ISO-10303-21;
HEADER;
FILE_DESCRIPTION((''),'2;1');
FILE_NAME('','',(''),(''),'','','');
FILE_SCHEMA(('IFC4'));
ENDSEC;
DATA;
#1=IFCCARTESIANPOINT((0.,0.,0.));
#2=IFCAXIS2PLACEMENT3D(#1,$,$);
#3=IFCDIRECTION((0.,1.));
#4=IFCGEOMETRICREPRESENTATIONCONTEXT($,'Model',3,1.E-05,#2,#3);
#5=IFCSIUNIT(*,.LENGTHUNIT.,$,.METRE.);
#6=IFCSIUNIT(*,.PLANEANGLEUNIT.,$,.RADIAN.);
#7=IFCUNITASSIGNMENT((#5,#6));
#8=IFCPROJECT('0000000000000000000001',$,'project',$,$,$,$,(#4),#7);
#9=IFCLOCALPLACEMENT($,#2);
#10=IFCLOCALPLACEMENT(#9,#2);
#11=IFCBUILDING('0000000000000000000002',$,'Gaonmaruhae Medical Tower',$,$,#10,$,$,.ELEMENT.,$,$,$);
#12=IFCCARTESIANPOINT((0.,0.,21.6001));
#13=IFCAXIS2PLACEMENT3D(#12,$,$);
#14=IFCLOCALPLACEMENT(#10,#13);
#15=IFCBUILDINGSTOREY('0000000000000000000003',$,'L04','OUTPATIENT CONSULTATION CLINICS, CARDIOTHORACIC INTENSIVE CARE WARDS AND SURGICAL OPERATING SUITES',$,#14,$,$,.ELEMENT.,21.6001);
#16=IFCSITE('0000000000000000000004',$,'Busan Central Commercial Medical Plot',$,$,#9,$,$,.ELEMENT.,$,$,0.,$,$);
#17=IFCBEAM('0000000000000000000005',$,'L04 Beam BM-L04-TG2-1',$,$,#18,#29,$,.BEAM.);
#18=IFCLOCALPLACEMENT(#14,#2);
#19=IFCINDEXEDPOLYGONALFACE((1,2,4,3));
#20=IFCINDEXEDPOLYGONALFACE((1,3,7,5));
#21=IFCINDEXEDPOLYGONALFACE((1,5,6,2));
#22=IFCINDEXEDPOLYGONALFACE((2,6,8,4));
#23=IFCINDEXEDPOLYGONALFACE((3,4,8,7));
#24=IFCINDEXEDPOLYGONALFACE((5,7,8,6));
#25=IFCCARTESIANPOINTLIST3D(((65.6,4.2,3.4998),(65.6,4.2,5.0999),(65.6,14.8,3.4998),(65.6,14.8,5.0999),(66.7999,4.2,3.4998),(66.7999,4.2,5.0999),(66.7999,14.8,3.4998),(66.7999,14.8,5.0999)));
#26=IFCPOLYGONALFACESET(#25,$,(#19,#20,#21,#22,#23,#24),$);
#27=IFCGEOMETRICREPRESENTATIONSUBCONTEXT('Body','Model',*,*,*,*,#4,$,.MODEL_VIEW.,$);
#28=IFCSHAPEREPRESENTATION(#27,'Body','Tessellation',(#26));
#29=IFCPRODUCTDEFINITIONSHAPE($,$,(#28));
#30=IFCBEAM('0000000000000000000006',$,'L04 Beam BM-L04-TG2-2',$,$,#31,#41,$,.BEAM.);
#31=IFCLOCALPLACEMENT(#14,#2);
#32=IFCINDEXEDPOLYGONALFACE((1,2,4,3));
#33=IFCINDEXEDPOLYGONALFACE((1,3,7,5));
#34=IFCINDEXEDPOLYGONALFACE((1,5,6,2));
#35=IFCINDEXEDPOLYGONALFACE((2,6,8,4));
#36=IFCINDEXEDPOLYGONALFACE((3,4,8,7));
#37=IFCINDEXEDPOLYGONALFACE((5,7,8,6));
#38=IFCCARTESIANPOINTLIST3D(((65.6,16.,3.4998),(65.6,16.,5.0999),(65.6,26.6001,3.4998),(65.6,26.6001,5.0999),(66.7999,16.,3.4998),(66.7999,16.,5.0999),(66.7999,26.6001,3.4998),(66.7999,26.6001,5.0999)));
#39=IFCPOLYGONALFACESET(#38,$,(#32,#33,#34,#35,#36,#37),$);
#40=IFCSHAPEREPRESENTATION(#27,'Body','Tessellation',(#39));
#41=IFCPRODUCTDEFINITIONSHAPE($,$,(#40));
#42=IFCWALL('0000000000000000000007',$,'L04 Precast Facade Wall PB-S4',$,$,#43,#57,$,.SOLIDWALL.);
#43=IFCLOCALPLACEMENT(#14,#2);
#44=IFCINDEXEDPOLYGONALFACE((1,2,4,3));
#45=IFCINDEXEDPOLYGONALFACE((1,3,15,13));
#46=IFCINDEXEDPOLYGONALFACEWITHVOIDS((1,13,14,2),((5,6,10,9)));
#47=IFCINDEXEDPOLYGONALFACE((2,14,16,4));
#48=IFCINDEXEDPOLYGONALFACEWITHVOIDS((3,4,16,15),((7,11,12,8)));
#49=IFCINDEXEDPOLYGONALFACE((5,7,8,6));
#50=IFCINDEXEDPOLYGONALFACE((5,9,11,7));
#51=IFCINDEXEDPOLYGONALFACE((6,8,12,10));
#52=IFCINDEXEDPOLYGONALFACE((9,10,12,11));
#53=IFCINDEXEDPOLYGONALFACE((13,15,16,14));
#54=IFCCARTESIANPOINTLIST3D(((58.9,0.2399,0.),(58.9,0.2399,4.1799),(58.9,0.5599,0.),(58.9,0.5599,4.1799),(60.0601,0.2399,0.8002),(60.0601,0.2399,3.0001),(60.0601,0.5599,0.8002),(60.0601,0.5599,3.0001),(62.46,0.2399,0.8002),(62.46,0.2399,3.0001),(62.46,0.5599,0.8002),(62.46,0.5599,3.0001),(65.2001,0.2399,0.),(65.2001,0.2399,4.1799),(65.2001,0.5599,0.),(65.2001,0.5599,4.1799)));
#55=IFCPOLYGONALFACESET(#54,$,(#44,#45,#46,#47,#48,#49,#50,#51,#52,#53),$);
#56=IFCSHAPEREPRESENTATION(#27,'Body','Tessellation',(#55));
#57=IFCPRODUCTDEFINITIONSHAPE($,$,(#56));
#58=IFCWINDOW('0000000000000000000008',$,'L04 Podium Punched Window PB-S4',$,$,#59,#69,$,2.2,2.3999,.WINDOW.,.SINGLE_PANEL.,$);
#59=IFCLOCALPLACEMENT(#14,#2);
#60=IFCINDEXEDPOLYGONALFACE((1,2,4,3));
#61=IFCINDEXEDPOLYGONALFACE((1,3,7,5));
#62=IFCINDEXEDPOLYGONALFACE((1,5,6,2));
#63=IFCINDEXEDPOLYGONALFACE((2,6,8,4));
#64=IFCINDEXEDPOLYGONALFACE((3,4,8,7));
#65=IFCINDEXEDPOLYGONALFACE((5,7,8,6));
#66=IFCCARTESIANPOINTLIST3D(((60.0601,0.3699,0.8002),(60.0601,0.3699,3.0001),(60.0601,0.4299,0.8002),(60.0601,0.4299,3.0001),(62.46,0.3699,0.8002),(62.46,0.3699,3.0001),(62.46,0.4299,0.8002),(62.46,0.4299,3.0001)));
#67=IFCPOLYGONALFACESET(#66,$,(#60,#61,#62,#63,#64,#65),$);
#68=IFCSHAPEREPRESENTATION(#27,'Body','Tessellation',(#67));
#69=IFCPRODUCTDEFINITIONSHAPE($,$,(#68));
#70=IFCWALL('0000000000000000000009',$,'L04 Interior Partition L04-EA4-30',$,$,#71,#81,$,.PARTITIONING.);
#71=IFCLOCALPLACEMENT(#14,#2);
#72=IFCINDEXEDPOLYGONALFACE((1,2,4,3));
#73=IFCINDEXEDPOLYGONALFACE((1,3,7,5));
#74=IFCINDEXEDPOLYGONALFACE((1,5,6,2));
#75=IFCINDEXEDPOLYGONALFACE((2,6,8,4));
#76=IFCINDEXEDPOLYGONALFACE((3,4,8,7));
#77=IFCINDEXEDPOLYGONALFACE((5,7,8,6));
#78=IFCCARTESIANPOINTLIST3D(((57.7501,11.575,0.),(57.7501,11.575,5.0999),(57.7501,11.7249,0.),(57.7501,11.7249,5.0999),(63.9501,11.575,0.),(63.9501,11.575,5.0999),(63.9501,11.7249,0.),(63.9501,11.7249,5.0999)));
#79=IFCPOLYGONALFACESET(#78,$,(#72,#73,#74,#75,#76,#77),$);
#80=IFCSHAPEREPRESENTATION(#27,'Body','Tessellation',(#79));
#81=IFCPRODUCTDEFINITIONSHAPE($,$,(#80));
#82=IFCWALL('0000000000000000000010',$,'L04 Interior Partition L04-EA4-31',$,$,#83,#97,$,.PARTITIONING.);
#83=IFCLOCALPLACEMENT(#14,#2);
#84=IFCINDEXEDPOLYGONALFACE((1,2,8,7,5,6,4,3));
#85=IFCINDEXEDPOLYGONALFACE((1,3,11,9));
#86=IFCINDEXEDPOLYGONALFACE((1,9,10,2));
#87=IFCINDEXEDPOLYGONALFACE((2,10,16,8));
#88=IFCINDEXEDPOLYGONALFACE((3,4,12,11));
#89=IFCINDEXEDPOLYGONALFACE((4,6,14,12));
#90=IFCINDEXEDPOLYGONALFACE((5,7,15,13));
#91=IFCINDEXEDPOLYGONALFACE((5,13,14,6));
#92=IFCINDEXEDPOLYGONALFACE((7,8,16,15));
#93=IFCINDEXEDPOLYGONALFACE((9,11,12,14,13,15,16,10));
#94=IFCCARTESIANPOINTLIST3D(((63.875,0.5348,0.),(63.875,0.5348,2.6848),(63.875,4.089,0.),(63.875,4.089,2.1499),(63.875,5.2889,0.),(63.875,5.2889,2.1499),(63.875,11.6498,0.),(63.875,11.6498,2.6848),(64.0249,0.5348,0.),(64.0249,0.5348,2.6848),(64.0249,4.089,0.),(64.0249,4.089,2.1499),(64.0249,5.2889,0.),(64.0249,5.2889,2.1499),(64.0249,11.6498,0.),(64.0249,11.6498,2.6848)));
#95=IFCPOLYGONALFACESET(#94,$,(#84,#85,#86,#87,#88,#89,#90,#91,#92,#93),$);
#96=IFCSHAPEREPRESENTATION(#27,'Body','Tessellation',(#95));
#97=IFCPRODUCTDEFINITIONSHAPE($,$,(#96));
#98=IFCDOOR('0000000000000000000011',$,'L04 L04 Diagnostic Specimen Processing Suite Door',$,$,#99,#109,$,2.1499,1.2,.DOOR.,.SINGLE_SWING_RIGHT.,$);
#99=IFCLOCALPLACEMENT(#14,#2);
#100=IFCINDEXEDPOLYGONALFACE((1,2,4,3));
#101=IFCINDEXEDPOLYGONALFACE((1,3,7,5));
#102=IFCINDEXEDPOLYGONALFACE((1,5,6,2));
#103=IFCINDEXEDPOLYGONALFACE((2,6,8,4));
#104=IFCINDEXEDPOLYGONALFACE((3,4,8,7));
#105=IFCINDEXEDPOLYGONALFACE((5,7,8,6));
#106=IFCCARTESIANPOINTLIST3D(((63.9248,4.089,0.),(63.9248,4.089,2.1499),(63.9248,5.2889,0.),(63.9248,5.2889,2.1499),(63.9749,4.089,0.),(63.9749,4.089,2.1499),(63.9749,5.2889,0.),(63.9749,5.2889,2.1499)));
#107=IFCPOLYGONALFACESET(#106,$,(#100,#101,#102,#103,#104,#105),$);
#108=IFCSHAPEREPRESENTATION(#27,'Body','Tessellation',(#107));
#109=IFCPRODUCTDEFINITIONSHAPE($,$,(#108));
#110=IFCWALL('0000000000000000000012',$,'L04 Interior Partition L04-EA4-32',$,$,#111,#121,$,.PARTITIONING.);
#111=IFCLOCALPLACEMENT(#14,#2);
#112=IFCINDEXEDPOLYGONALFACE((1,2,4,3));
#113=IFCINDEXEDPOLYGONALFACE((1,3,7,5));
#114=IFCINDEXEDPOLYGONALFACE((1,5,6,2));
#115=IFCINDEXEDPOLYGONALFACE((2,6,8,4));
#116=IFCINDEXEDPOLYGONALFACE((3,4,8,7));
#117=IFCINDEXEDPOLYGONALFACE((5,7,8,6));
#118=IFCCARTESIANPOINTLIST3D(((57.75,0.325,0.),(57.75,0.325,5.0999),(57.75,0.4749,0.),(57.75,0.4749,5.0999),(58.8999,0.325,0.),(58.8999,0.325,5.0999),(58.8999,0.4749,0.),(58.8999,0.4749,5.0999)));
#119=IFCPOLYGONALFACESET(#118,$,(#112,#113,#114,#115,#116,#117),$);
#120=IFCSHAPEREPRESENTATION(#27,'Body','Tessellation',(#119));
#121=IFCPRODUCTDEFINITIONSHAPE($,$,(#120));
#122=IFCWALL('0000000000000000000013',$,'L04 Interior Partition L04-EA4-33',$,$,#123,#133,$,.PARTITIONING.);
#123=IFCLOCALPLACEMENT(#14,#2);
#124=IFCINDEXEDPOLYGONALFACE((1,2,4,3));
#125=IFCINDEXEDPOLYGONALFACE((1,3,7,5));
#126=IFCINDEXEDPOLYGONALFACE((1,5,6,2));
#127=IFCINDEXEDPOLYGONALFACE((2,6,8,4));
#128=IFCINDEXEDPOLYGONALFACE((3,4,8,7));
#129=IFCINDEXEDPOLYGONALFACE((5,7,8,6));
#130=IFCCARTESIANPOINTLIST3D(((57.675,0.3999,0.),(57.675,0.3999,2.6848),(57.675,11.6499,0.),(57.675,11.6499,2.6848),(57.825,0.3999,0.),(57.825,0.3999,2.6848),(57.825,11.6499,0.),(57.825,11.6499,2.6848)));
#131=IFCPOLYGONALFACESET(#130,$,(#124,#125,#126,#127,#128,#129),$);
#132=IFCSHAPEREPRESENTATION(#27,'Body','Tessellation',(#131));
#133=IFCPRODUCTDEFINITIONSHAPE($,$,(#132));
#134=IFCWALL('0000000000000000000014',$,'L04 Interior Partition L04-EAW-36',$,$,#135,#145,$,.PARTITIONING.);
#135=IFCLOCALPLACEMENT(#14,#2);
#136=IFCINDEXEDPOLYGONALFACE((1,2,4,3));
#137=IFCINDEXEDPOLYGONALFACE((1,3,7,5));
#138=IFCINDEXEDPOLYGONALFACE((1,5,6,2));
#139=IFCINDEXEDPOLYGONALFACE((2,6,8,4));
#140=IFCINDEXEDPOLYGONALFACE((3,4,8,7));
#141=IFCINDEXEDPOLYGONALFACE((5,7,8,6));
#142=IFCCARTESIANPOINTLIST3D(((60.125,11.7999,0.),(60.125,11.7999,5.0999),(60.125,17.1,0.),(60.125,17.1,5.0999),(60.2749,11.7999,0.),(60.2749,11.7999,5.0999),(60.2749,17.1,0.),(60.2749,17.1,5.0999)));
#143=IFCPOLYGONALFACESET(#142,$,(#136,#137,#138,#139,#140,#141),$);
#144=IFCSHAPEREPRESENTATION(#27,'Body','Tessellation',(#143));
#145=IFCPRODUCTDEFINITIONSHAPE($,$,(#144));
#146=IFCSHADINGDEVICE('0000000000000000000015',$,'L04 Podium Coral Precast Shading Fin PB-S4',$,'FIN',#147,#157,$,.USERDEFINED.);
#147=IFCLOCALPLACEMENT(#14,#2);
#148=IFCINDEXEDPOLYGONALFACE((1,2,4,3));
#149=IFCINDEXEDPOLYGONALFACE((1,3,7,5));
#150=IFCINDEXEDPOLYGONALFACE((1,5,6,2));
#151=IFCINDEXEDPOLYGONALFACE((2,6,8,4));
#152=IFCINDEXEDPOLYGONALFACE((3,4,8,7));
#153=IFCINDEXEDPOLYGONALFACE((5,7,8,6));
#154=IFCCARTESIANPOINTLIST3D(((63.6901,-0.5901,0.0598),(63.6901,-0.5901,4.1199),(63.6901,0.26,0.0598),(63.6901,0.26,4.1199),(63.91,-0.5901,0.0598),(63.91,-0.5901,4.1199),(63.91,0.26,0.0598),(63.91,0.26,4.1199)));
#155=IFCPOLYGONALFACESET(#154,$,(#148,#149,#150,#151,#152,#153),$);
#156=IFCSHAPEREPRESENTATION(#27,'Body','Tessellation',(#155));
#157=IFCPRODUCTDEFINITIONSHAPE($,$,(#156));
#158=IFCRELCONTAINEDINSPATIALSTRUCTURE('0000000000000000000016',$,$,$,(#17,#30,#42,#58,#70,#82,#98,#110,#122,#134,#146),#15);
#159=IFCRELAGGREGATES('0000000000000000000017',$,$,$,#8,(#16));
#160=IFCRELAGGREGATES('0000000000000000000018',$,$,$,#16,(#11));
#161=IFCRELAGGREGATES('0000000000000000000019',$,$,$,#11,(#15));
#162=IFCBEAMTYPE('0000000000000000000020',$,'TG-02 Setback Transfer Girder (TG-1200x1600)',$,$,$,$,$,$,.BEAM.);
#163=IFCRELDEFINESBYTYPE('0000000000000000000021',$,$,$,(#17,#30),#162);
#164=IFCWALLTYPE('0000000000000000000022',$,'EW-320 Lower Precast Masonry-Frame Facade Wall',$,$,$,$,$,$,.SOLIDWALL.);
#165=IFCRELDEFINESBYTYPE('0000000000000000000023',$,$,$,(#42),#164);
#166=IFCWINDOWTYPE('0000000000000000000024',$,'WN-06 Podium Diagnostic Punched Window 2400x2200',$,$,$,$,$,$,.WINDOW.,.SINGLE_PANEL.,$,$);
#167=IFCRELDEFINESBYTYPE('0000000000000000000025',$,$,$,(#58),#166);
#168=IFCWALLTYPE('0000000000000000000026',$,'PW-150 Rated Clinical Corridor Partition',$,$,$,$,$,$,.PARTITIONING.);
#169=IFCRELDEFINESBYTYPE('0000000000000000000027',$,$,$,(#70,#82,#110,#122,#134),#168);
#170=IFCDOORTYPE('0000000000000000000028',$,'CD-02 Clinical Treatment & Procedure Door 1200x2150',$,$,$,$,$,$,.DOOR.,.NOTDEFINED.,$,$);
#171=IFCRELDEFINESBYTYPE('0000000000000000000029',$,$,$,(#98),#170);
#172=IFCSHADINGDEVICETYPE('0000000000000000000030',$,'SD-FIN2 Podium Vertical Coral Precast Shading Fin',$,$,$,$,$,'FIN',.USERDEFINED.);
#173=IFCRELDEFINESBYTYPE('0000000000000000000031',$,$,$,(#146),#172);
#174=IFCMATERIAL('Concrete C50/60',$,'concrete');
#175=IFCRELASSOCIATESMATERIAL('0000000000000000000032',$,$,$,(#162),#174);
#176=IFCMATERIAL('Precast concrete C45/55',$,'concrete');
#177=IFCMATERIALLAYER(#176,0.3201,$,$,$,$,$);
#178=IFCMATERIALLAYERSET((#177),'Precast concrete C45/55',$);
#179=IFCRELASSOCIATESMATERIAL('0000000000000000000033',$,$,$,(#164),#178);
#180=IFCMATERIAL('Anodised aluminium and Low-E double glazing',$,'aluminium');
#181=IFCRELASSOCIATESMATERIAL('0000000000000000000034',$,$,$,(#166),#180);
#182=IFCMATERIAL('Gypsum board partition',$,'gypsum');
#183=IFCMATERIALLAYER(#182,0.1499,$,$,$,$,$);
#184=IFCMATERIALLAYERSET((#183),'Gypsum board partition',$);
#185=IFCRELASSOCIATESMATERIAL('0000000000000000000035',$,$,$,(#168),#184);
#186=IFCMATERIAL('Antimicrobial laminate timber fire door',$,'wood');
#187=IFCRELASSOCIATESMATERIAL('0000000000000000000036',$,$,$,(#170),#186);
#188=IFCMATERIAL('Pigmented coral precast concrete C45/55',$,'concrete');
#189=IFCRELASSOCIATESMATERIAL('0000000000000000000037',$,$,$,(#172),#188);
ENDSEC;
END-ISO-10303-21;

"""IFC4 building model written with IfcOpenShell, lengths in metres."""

from ifc_helpers import new_model, si_unit, direction, frame, frame_2d, origin, origin_2d, place, context, subcontext, project, spatial, rectangle, extrude, material, layer, layer_set, material_profile, profile_set, type_object, element, fill, save


model = new_model("IFC4")

# Units and contexts
model_context = context("Model", 3, precision=1e-05, world=origin(), true_north=direction((0.0, 1.0)))
body_context = subcontext(model_context, "Body", "Model", "MODEL_VIEW")
ifc_project = project(units=[si_unit("LENGTHUNIT", "METRE"), si_unit("PLANEANGLEUNIT", "RADIAN")], contexts=[model_context])

# Site, building, storey
site_placement = place(None, origin())
site = spatial("IfcSite", under=ifc_project, at=site_placement, Name="Busan Central Commercial Medical Plot", CompositionType="ELEMENT", RefElevation=0.0)
building_placement = place(site_placement, origin())
building = spatial("IfcBuilding", under=site, at=building_placement, Name="Gaonmaruhae Medical Tower", CompositionType="ELEMENT")
storey_placement = place(building_placement, frame((0.0, 0.0, 21.6001)))
storey = spatial("IfcBuildingStorey", under=building, at=storey_placement, Name="L04", Description="OUTPATIENT CONSULTATION CLINICS, CARDIOTHORACIC INTENSIVE CARE WARDS AND SURGICAL OPERATING SUITES", CompositionType="ELEMENT", Elevation=21.6001)

# Shared definitions
ifc_material_1 = material(Name="Concrete C50/60", Category="concrete")

# Beams
ifc_material_profile_1 = material_profile(ifc_material_1, rectangle(XDim=1.2, YDim=1.6001, at=origin_2d()), Name="TG-1200x1600")
ifc_profile_set_1 = profile_set([ifc_material_profile_1], Name="Concrete C50/60")
beam_type_1 = type_object("IfcBeamType", Name="TG-02 Setback Transfer Girder (TG-1200x1600)", PredefinedType="BEAM", material=ifc_profile_set_1)
for number, where, z_axis, x_axis, name in (
    (1, (66.2, 4.2, 4.2998), (0.0, 1.0, 0.0), (-1.0, 0.0, 0.0), "L04 Beam BM-L04-TG2-1"),
    (2, (66.2, 16.0, 4.2998), (0.0, 1.0, 0.0), (-1.0, 0.0, 0.0), "L04 Beam BM-L04-TG2-2"),
):
    element("IfcBeam", number, at=place(storey_placement, frame(where, z_axis=z_axis, x_axis=x_axis)), inside=storey, type_object=beam_type_1, Name=name, PredefinedType="BEAM", context=body_context, shape_type="SweptSolid", body=[
        extrude(rectangle(XDim=1.2, YDim=1.6001, at=origin_2d()), origin(), (0.0, 0.0, 1.0), 10.6001),
    ])

# Wall, opening, window
ifc_material_2 = material(Name="Precast concrete C45/55", Category="concrete")
ifc_layer_1 = layer(ifc_material_2, 0.3201)
ifc_layer_set_1 = layer_set([ifc_layer_1], Name="Precast concrete C45/55")
wall_type_1 = type_object("IfcWallType", Name="EW-320 Lower Precast Masonry-Frame Facade Wall", PredefinedType="SOLIDWALL", material=ifc_layer_set_1)
wall_1_placement = place(storey_placement, frame((65.2, 0.3999, 0.0), z_axis=(0.0, 0.0, 1.0), x_axis=(-1.0, 0.0, 0.0)))
wall_1 = element("IfcWall", 3, at=wall_1_placement, inside=storey, type_object=wall_type_1, Name="L04 Precast Facade Wall PB-S4", PredefinedType="SOLIDWALL", context=body_context, shape_type="SweptSolid", body=[
    extrude(rectangle(XDim=6.3, YDim=0.3201, at=frame_2d((3.1499, 0.0))), origin(), (0.0, 0.0, 1.0), 4.1799),
])
opening_1_placement = place(wall_1_placement, frame((2.74, 0.0, 0.8)))
opening_1 = element("IfcOpeningElement", 4, at=opening_1_placement, cuts=wall_1, PredefinedType="OPENING", context=body_context, shape_type="SweptSolid", body=[
    extrude(rectangle(XDim=2.3999, YDim=2.2, at=frame_2d((1.2, 1.1001))), frame((0.0, 0.1699, 0.0), z_axis=(0.0, -1.0, 0.0), x_axis=(1.0, 0.0, 0.0)), (0.0, 0.0, 1.0), 0.3401),
])
ifc_material_3 = material(Name="Anodised aluminium and Low-E double glazing", Category="aluminium")
window_type = type_object("IfcWindowType", Name="WN-06 Podium Diagnostic Punched Window 2400x2200", PartitioningType="SINGLE_PANEL", PredefinedType="WINDOW", material=ifc_material_3)
window_placement = place(opening_1_placement, origin())
window = element("IfcWindow", 5, at=window_placement, inside=storey, type_object=window_type, Name="L04 Podium Punched Window PB-S4", OverallHeight=2.2, OverallWidth=2.3999, PartitioningType="SINGLE_PANEL", PredefinedType="WINDOW", context=body_context, shape_type="SweptSolid", body=[
    extrude(rectangle(XDim=2.3999, YDim=2.2, at=frame_2d((1.2, 1.1001))), frame((0.0, 0.03, 0.0), z_axis=(0.0, -1.0, 0.0), x_axis=(1.0, 0.0, 0.0)), (0.0, 0.0, 1.0), 0.0601),
])
fill(opening_1, window)

# Wall
ifc_material_4 = material(Name="Gypsum board partition", Category="gypsum")
ifc_layer_2 = layer(ifc_material_4, 0.1499)
ifc_layer_set_2 = layer_set([ifc_layer_2], Name="Gypsum board partition")
wall_type_2 = type_object("IfcWallType", Name="PW-150 Rated Clinical Corridor Partition", PredefinedType="PARTITIONING", material=ifc_layer_set_2)
wall_2_placement = place(storey_placement, frame((57.75, 11.6499, 0.0), z_axis=(0.0, 0.0, 1.0), x_axis=(1.0, 0.0, 0.0)))
element("IfcWall", 6, at=wall_2_placement, inside=storey, type_object=wall_type_2, Name="L04 Interior Partition L04-EA4-30", PredefinedType="PARTITIONING", context=body_context, shape_type="SweptSolid", body=[
    extrude(rectangle(XDim=6.2, YDim=0.1499, at=frame_2d((3.1001, 0.0))), origin(), (0.0, 0.0, 1.0), 5.0999),
])

# Wall, opening, door
wall_3_placement = place(storey_placement, frame((63.95, 11.6499, 0.0), z_axis=(0.0, 0.0, 1.0), x_axis=(0.0, -1.0, 0.0)))
wall_3 = element("IfcWall", 7, at=wall_3_placement, inside=storey, type_object=wall_type_2, Name="L04 Interior Partition L04-EA4-31", PredefinedType="PARTITIONING", context=body_context, shape_type="SweptSolid", body=[
    extrude(rectangle(XDim=11.115, YDim=0.1499, at=frame_2d((5.5576, 0.0))), origin(), (0.0, 0.0, 1.0), 2.6848),
])
opening_2_placement = place(wall_3_placement, frame((6.3608, 0.0, 0.0)))
opening_2 = element("IfcOpeningElement", 8, at=opening_2_placement, cuts=wall_3, PredefinedType="OPENING", context=body_context, shape_type="SweptSolid", body=[
    extrude(rectangle(XDim=1.2, YDim=2.1499, at=frame_2d((0.6001, 1.075))), frame((0.0, 0.085, 0.0), z_axis=(0.0, -1.0, 0.0), x_axis=(1.0, 0.0, 0.0)), (0.0, 0.0, 1.0), 0.1699),
])
ifc_material_5 = material(Name="Antimicrobial laminate timber fire door", Category="wood")
door_type = type_object("IfcDoorType", Name="CD-02 Clinical Treatment & Procedure Door 1200x2150", OperationType="NOTDEFINED", PredefinedType="DOOR", material=ifc_material_5)
door_placement = place(opening_2_placement, origin())
door = element("IfcDoor", 9, at=door_placement, inside=storey, type_object=door_type, Name="L04 L04 Diagnostic Specimen Processing Suite Door", OperationType="SINGLE_SWING_RIGHT", OverallHeight=2.1499, OverallWidth=1.2, PredefinedType="DOOR", context=body_context, shape_type="SweptSolid", body=[
    extrude(rectangle(XDim=1.2, YDim=2.1499, at=frame_2d((0.6001, 1.075))), frame((0.0, 0.0249, 0.0), z_axis=(0.0, -1.0, 0.0), x_axis=(1.0, 0.0, 0.0)), (0.0, 0.0, 1.0), 0.05),
])
fill(opening_2, door)

# Walls
wall_4_placement = place(storey_placement, frame((58.8999, 0.3999, 0.0), z_axis=(0.0, 0.0, 1.0), x_axis=(-1.0, 0.0, 0.0)))
element("IfcWall", 10, at=wall_4_placement, inside=storey, type_object=wall_type_2, Name="L04 Interior Partition L04-EA4-32", PredefinedType="PARTITIONING", context=body_context, shape_type="SweptSolid", body=[
    extrude(rectangle(XDim=1.1499, YDim=0.1499, at=frame_2d((0.575, 0.0))), origin(), (0.0, 0.0, 1.0), 5.0999),
])
wall_5_placement = place(storey_placement, frame((57.75, 0.3999, 0.0), z_axis=(0.0, 0.0, 1.0), x_axis=(0.0, 1.0, 0.0)))
element("IfcWall", 11, at=wall_5_placement, inside=storey, type_object=wall_type_2, Name="L04 Interior Partition L04-EA4-33", PredefinedType="PARTITIONING", context=body_context, shape_type="SweptSolid", body=[
    extrude(rectangle(XDim=11.25, YDim=0.1499, at=frame_2d((5.625, 0.0))), origin(), (0.0, 0.0, 1.0), 2.6848),
])
wall_6_placement = place(storey_placement, frame((60.2, 11.8, 0.0), z_axis=(0.0, 0.0, 1.0), x_axis=(0.0, 1.0, 0.0)))
element("IfcWall", 12, at=wall_6_placement, inside=storey, type_object=wall_type_2, Name="L04 Interior Partition L04-EAW-36", PredefinedType="PARTITIONING", context=body_context, shape_type="SweptSolid", body=[
    extrude(rectangle(XDim=5.3, YDim=0.1499, at=frame_2d((2.6499, 0.0))), origin(), (0.0, 0.0, 1.0), 5.0999),
])

# Shading device
ifc_material_6 = material(Name="Pigmented coral precast concrete C45/55", Category="concrete")
shading_device_type = type_object("IfcShadingDeviceType", Name="SD-FIN2 Podium Vertical Coral Precast Shading Fin", ElementType="FIN", PredefinedType="USERDEFINED", material=ifc_material_6)
shading_device_placement = place(storey_placement, frame((63.8, -0.165, 0.0598), z_axis=(0.0, 0.0, 1.0), x_axis=(-1.0, 0.0, 0.0)))
element("IfcShadingDevice", 13, at=shading_device_placement, inside=storey, type_object=shading_device_type, Name="L04 Podium Coral Precast Shading Fin PB-S4", ObjectType="FIN", PredefinedType="USERDEFINED", context=body_context, shape_type="SweptSolid", body=[
    extrude(rectangle(XDim=0.22, YDim=0.8501, at=origin_2d()), origin(), (0.0, 0.0, 1.0), 4.0601),
])

save(model, "model.ifc")
